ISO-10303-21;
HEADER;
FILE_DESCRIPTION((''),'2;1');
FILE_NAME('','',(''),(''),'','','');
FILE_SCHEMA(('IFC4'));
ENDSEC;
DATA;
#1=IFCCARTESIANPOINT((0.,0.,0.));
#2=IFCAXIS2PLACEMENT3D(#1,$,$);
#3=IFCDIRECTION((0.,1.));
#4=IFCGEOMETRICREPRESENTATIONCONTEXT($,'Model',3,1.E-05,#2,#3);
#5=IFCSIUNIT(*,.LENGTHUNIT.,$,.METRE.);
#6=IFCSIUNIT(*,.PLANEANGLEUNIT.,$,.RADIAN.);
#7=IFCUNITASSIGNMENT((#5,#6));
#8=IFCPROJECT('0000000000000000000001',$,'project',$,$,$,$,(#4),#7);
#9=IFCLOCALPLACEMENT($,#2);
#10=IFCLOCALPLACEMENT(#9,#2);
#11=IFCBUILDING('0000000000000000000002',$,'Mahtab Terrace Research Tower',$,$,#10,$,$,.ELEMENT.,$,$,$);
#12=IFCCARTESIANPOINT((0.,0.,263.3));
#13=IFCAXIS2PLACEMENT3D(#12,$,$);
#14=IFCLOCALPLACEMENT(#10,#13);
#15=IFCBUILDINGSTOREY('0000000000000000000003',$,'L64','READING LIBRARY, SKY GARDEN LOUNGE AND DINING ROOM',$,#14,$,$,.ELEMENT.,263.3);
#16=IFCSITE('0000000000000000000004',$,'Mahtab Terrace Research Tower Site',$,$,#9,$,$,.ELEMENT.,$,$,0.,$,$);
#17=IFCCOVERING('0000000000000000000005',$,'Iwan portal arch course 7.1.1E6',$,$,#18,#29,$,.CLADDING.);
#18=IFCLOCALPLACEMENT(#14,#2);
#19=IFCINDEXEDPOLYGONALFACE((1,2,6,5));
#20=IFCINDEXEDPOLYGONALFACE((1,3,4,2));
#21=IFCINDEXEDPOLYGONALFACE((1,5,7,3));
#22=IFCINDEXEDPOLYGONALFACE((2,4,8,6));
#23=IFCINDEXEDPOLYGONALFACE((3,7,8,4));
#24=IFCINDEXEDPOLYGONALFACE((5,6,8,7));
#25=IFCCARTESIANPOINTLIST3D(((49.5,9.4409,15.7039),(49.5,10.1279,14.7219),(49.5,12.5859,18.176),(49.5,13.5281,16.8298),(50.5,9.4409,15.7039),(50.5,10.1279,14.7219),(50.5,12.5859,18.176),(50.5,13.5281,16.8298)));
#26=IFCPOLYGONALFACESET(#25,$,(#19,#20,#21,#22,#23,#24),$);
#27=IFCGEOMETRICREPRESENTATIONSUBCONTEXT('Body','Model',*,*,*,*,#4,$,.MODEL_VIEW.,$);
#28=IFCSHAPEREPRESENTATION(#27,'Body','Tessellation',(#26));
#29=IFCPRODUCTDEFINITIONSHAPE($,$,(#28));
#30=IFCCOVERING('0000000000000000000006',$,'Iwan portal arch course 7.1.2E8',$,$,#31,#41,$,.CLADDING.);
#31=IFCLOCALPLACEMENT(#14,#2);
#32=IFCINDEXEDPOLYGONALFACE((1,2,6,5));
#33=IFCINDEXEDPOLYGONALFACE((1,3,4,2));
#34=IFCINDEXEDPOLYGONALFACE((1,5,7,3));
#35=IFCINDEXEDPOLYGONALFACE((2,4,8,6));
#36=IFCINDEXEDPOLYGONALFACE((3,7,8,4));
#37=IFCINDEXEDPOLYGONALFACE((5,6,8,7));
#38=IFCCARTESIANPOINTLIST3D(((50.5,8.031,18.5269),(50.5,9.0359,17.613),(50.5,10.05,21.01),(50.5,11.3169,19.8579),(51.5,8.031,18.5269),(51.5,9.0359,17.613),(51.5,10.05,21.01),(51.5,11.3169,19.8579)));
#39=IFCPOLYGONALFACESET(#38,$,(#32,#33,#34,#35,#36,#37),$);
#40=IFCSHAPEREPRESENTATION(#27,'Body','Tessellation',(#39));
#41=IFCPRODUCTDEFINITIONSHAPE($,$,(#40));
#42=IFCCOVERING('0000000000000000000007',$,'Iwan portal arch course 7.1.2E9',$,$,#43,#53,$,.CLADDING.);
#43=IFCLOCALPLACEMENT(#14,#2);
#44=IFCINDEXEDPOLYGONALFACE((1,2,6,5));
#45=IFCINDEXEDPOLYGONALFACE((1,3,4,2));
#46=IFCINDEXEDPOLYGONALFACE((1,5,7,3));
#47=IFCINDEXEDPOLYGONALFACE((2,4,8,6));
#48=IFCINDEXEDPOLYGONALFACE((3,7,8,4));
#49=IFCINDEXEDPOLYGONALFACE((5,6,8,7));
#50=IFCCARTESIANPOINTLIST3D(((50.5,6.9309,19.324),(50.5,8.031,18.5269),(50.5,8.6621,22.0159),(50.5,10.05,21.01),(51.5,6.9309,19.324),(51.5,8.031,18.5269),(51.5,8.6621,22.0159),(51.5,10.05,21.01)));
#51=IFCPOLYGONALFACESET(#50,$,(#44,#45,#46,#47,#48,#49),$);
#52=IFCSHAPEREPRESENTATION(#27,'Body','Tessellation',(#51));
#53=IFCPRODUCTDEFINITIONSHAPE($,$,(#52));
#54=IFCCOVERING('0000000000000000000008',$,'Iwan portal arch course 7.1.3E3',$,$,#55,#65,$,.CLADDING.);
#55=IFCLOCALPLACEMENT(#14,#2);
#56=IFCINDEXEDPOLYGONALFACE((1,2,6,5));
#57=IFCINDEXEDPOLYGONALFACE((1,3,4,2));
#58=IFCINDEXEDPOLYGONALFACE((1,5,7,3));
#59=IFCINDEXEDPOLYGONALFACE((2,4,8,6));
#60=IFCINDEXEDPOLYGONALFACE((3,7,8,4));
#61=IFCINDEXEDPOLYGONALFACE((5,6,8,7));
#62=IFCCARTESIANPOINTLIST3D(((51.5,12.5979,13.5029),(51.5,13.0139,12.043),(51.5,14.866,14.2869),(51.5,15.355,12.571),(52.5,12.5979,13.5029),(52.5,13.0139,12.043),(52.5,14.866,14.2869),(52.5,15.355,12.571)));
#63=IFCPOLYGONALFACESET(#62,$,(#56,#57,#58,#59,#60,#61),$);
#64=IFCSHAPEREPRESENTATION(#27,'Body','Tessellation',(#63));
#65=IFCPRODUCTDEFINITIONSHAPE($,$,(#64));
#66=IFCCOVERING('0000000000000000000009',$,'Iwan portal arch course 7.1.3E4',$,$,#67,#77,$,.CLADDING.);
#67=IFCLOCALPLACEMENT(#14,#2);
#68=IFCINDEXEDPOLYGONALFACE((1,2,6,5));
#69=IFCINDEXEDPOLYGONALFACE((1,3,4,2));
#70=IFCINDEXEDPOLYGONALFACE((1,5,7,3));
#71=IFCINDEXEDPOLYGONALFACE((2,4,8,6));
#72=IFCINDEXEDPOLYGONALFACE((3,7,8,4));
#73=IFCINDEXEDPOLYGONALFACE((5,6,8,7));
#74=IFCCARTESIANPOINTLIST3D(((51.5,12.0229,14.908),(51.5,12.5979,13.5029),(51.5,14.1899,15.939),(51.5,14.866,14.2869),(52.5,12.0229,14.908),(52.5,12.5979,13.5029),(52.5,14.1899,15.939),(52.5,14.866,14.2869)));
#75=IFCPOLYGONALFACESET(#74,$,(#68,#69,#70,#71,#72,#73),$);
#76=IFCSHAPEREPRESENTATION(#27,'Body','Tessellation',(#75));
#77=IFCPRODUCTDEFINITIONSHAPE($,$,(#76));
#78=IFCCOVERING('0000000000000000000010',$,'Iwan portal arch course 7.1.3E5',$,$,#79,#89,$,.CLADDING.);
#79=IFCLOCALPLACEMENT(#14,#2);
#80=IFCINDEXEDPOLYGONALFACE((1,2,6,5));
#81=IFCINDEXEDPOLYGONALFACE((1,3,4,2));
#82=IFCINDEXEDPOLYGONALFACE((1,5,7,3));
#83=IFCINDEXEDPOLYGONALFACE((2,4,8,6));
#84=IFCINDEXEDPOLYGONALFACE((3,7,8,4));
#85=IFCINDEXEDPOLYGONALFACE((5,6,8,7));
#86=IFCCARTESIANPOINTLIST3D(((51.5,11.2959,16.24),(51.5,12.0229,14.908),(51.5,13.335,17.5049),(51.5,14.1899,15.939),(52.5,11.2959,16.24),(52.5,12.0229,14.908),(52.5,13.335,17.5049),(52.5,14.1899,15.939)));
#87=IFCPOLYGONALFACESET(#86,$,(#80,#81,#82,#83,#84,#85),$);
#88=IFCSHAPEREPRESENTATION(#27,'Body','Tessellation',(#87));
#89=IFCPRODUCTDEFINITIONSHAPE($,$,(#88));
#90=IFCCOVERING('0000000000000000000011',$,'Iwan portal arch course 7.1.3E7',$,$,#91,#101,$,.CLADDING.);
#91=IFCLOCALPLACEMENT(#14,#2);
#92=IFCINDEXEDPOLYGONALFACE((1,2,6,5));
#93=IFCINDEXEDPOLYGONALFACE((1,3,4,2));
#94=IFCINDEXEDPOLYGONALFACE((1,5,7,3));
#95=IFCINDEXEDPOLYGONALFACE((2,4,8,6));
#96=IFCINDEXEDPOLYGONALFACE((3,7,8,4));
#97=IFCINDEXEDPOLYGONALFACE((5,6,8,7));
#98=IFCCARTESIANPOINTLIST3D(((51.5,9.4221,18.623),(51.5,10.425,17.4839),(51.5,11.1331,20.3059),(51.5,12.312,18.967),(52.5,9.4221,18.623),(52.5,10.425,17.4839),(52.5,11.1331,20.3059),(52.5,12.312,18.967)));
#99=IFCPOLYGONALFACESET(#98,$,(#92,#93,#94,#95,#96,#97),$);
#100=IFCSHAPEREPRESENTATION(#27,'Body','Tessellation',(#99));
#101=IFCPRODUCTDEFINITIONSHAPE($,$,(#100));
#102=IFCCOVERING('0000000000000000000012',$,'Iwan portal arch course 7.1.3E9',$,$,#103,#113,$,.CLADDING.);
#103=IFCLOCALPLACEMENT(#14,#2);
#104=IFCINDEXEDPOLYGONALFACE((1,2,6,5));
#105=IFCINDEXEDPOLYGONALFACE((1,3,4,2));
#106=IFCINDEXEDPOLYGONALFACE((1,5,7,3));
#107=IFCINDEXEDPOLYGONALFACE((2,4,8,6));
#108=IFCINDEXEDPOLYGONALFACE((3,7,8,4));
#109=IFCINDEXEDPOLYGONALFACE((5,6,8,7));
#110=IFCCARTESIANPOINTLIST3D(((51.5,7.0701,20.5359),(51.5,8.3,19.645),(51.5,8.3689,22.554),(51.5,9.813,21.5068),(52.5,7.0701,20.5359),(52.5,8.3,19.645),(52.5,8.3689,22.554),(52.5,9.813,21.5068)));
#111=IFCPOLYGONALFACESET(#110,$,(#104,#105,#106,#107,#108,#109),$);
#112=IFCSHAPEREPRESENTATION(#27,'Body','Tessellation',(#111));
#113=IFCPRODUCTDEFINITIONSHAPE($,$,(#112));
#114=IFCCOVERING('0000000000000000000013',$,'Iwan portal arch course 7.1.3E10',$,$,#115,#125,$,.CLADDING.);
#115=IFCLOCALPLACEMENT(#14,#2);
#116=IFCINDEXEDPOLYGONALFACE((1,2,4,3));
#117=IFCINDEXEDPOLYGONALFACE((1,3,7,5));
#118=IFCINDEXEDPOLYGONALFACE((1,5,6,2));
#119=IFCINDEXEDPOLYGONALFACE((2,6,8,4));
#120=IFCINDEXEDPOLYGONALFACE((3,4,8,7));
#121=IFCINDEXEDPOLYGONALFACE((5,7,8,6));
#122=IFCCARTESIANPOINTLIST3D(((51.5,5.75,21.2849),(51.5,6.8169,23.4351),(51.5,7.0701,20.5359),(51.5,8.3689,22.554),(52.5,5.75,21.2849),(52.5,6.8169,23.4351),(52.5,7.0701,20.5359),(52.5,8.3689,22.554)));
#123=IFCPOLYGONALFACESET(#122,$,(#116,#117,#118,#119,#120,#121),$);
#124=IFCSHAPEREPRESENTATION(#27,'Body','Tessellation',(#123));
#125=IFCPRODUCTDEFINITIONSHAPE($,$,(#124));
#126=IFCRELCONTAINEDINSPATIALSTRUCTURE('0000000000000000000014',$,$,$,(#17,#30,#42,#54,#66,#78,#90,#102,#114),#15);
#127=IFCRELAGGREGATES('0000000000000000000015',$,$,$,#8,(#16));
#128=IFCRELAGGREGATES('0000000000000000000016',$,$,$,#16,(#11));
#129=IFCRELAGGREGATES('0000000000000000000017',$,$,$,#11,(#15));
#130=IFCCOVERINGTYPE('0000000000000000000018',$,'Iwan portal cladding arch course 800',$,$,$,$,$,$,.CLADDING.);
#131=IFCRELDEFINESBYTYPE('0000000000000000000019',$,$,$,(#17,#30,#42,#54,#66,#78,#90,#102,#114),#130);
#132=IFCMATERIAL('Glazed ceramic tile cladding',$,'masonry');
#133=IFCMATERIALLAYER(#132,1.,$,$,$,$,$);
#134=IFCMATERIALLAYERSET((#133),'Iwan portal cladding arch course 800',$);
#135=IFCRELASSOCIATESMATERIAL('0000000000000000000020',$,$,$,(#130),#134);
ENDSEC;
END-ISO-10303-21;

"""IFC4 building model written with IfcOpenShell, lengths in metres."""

from ifc_helpers import new_model, si_unit, direction, frame, origin, place, context, subcontext, project, spatial, polyline, outline, extrude, material, layer, layer_set, type_object, element, save


model = new_model("IFC4")

# Units and contexts
model_context = context("Model", 3, precision=1e-05, world=origin(), true_north=direction((0.0, 1.0)))
body_context = subcontext(model_context, "Body", "Model", "MODEL_VIEW")
ifc_project = project(units=[si_unit("LENGTHUNIT", "METRE"), si_unit("PLANEANGLEUNIT", "RADIAN")], contexts=[model_context])

# Site, building, storey
site_placement = place(None, origin())
site = spatial("IfcSite", under=ifc_project, at=site_placement, Name="Mahtab Terrace Research Tower Site", CompositionType="ELEMENT", RefElevation=0.0)
building_placement = place(site_placement, origin())
building = spatial("IfcBuilding", under=site, at=building_placement, Name="Mahtab Terrace Research Tower", CompositionType="ELEMENT")
storey_placement = place(building_placement, frame((0.0, 0.0, 263.3)))
storey = spatial("IfcBuildingStorey", under=building, at=storey_placement, Name="L64", Description="READING LIBRARY, SKY GARDEN LOUNGE AND DINING ROOM", CompositionType="ELEMENT", Elevation=263.3)

# Coverings
ifc_material = material(Name="Glazed ceramic tile cladding", Category="masonry")
ifc_layer = layer(ifc_material, 1.0)
ifc_layer_set = layer_set([ifc_layer], Name="Iwan portal cladding arch course 800")
covering_type = type_object("IfcCoveringType", Name="Iwan portal cladding arch course 800", PredefinedType="CLADDING", material=ifc_layer_set)
covering_1_placement = place(storey_placement, frame((49.5, 10.1279, 14.7219), z_axis=(-1.0, 0.0, 0.0), x_axis=(0.0, -0.573271, 0.819366)))
element("IfcCovering", 1, at=covering_1_placement, inside=storey, type_object=covering_type, Name="Iwan portal arch course 7.1.1E6", PredefinedType="CLADDING", context=body_context, shape_type="SweptSolid", body=[
    extrude(outline(polyline([(0.0, 0.0), (1.1984, 0.0), (1.4211, 3.9941), (-0.2221, 3.9944), (0.0, 0.0)])), origin(), (0.0, 0.0, -1.0), 1.0),
])
covering_2_placement = place(storey_placement, frame((50.5, 9.0359, 17.613), z_axis=(-1.0, 0.0, 0.0), x_axis=(0.0, -0.739834, 0.672789)))
element("IfcCovering", 2, at=covering_2_placement, inside=storey, type_object=covering_type, Name="Iwan portal arch course 7.1.2E8", PredefinedType="CLADDING", context=body_context, shape_type="SweptSolid", body=[
    extrude(outline(polyline([(0.0, 0.0), (1.3583, 0.0), (1.5351, 3.1955), (-0.1772, 3.1955), (0.0, 0.0)])), origin(), (0.0, 0.0, -1.0), 1.0),
])
covering_3_placement = place(storey_placement, frame((50.5, 8.031, 18.5269), z_axis=(-1.0, 0.0, 0.0), x_axis=(0.0, -0.809768, 0.58675)))
element("IfcCovering", 3, at=covering_3_placement, inside=storey, type_object=covering_type, Name="Iwan portal arch course 7.1.2E9", PredefinedType="CLADDING", context=body_context, shape_type="SweptSolid", body=[
    extrude(outline(polyline([(0.0, 0.0), (1.3585, 0.0), (1.5361, 3.1956), (-0.178, 3.1955), (0.0, 0.0)])), origin(), (0.0, 0.0, -1.0), 1.0),
])
covering_4_placement = place(storey_placement, frame((51.5, 13.0139, 12.043), z_axis=(-1.0, 0.0, 0.0), x_axis=(0.0, -0.274041, 0.961718)))
element("IfcCovering", 4, at=covering_4_placement, inside=storey, type_object=covering_type, Name="Iwan portal arch course 7.1.3E3", PredefinedType="CLADDING", context=body_context, shape_type="SweptSolid", body=[
    extrude(outline(polyline([(0.0, 0.0), (1.5181, 0.0), (1.6505, 2.3961), (-0.1337, 2.3962), (0.0, 0.0)])), origin(), (0.0, 0.0, -1.0), 1.0),
])
covering_5_placement = place(storey_placement, frame((51.5, 12.5979, 13.5029), z_axis=(-1.0, 0.0, 0.0), x_axis=(0.0, -0.378727, 0.925509)))
element("IfcCovering", 5, at=covering_5_placement, inside=storey, type_object=covering_type, Name="Iwan portal arch course 7.1.3E4", PredefinedType="CLADDING", context=body_context, shape_type="SweptSolid", body=[
    extrude(outline(polyline([(0.0, 0.0), (1.5181, 0.0), (1.6516, 2.396), (-0.1334, 2.396), (0.0, 0.0)])), origin(), (0.0, 0.0, -1.0), 1.0),
])
covering_6_placement = place(storey_placement, frame((51.5, 12.0229, 14.908), z_axis=(-1.0, 0.0, 0.0), x_axis=(0.0, -0.4791, 0.87776)))
element("IfcCovering", 6, at=covering_6_placement, inside=storey, type_object=covering_type, Name="Iwan portal arch course 7.1.3E5", PredefinedType="CLADDING", context=body_context, shape_type="SweptSolid", body=[
    extrude(outline(polyline([(0.0, 0.0), (1.5175, 0.0), (1.6509, 2.3958), (-0.1332, 2.3961), (0.0, 0.0)])), origin(), (0.0, 0.0, -1.0), 1.0),
])
covering_7_placement = place(storey_placement, frame((51.5, 10.425, 17.4839), z_axis=(-1.0, 0.0, 0.0), x_axis=(0.0, -0.660802, 0.75056)))
element("IfcCovering", 7, at=covering_7_placement, inside=storey, type_object=covering_type, Name="Iwan portal arch course 7.1.3E7", PredefinedType="CLADDING", context=body_context, shape_type="SweptSolid", body=[
    extrude(outline(polyline([(0.0, 0.0), (1.5177, 0.0), (1.6502, 2.3962), (-0.1337, 2.3964), (0.0, 0.0)])), origin(), (0.0, 0.0, -1.0), 1.0),
])
covering_8_placement = place(storey_placement, frame((51.5, 8.3, 19.645), z_axis=(-1.0, 0.0, 0.0), x_axis=(0.0, -0.809882, 0.586593)))
element("IfcCovering", 8, at=covering_8_placement, inside=storey, type_object=covering_type, Name="Iwan portal arch course 7.1.3E9", PredefinedType="CLADDING", context=body_context, shape_type="SweptSolid", body=[
    extrude(outline(polyline([(0.0, 0.0), (1.5187, 0.0), (1.6506, 2.3963), (-0.1332, 2.3953), (0.0, 0.0)])), origin(), (0.0, 0.0, -1.0), 1.0),
])
covering_9_placement = place(storey_placement, frame((51.5, 7.0701, 20.5359), z_axis=(-1.0, 0.0, 0.0), x_axis=(0.0, -0.869744, 0.493504)))
element("IfcCovering", 9, at=covering_9_placement, inside=storey, type_object=covering_type, Name="Iwan portal arch course 7.1.3E10", PredefinedType="CLADDING", context=body_context, shape_type="SweptSolid", body=[
    extrude(outline(polyline([(0.0, 0.0), (1.5178, 0.0), (1.6509, 2.3966), (-0.1337, 2.3962), (0.0, 0.0)])), origin(), (0.0, 0.0, -1.0), 1.0),
])

save(model, "model.ifc")
